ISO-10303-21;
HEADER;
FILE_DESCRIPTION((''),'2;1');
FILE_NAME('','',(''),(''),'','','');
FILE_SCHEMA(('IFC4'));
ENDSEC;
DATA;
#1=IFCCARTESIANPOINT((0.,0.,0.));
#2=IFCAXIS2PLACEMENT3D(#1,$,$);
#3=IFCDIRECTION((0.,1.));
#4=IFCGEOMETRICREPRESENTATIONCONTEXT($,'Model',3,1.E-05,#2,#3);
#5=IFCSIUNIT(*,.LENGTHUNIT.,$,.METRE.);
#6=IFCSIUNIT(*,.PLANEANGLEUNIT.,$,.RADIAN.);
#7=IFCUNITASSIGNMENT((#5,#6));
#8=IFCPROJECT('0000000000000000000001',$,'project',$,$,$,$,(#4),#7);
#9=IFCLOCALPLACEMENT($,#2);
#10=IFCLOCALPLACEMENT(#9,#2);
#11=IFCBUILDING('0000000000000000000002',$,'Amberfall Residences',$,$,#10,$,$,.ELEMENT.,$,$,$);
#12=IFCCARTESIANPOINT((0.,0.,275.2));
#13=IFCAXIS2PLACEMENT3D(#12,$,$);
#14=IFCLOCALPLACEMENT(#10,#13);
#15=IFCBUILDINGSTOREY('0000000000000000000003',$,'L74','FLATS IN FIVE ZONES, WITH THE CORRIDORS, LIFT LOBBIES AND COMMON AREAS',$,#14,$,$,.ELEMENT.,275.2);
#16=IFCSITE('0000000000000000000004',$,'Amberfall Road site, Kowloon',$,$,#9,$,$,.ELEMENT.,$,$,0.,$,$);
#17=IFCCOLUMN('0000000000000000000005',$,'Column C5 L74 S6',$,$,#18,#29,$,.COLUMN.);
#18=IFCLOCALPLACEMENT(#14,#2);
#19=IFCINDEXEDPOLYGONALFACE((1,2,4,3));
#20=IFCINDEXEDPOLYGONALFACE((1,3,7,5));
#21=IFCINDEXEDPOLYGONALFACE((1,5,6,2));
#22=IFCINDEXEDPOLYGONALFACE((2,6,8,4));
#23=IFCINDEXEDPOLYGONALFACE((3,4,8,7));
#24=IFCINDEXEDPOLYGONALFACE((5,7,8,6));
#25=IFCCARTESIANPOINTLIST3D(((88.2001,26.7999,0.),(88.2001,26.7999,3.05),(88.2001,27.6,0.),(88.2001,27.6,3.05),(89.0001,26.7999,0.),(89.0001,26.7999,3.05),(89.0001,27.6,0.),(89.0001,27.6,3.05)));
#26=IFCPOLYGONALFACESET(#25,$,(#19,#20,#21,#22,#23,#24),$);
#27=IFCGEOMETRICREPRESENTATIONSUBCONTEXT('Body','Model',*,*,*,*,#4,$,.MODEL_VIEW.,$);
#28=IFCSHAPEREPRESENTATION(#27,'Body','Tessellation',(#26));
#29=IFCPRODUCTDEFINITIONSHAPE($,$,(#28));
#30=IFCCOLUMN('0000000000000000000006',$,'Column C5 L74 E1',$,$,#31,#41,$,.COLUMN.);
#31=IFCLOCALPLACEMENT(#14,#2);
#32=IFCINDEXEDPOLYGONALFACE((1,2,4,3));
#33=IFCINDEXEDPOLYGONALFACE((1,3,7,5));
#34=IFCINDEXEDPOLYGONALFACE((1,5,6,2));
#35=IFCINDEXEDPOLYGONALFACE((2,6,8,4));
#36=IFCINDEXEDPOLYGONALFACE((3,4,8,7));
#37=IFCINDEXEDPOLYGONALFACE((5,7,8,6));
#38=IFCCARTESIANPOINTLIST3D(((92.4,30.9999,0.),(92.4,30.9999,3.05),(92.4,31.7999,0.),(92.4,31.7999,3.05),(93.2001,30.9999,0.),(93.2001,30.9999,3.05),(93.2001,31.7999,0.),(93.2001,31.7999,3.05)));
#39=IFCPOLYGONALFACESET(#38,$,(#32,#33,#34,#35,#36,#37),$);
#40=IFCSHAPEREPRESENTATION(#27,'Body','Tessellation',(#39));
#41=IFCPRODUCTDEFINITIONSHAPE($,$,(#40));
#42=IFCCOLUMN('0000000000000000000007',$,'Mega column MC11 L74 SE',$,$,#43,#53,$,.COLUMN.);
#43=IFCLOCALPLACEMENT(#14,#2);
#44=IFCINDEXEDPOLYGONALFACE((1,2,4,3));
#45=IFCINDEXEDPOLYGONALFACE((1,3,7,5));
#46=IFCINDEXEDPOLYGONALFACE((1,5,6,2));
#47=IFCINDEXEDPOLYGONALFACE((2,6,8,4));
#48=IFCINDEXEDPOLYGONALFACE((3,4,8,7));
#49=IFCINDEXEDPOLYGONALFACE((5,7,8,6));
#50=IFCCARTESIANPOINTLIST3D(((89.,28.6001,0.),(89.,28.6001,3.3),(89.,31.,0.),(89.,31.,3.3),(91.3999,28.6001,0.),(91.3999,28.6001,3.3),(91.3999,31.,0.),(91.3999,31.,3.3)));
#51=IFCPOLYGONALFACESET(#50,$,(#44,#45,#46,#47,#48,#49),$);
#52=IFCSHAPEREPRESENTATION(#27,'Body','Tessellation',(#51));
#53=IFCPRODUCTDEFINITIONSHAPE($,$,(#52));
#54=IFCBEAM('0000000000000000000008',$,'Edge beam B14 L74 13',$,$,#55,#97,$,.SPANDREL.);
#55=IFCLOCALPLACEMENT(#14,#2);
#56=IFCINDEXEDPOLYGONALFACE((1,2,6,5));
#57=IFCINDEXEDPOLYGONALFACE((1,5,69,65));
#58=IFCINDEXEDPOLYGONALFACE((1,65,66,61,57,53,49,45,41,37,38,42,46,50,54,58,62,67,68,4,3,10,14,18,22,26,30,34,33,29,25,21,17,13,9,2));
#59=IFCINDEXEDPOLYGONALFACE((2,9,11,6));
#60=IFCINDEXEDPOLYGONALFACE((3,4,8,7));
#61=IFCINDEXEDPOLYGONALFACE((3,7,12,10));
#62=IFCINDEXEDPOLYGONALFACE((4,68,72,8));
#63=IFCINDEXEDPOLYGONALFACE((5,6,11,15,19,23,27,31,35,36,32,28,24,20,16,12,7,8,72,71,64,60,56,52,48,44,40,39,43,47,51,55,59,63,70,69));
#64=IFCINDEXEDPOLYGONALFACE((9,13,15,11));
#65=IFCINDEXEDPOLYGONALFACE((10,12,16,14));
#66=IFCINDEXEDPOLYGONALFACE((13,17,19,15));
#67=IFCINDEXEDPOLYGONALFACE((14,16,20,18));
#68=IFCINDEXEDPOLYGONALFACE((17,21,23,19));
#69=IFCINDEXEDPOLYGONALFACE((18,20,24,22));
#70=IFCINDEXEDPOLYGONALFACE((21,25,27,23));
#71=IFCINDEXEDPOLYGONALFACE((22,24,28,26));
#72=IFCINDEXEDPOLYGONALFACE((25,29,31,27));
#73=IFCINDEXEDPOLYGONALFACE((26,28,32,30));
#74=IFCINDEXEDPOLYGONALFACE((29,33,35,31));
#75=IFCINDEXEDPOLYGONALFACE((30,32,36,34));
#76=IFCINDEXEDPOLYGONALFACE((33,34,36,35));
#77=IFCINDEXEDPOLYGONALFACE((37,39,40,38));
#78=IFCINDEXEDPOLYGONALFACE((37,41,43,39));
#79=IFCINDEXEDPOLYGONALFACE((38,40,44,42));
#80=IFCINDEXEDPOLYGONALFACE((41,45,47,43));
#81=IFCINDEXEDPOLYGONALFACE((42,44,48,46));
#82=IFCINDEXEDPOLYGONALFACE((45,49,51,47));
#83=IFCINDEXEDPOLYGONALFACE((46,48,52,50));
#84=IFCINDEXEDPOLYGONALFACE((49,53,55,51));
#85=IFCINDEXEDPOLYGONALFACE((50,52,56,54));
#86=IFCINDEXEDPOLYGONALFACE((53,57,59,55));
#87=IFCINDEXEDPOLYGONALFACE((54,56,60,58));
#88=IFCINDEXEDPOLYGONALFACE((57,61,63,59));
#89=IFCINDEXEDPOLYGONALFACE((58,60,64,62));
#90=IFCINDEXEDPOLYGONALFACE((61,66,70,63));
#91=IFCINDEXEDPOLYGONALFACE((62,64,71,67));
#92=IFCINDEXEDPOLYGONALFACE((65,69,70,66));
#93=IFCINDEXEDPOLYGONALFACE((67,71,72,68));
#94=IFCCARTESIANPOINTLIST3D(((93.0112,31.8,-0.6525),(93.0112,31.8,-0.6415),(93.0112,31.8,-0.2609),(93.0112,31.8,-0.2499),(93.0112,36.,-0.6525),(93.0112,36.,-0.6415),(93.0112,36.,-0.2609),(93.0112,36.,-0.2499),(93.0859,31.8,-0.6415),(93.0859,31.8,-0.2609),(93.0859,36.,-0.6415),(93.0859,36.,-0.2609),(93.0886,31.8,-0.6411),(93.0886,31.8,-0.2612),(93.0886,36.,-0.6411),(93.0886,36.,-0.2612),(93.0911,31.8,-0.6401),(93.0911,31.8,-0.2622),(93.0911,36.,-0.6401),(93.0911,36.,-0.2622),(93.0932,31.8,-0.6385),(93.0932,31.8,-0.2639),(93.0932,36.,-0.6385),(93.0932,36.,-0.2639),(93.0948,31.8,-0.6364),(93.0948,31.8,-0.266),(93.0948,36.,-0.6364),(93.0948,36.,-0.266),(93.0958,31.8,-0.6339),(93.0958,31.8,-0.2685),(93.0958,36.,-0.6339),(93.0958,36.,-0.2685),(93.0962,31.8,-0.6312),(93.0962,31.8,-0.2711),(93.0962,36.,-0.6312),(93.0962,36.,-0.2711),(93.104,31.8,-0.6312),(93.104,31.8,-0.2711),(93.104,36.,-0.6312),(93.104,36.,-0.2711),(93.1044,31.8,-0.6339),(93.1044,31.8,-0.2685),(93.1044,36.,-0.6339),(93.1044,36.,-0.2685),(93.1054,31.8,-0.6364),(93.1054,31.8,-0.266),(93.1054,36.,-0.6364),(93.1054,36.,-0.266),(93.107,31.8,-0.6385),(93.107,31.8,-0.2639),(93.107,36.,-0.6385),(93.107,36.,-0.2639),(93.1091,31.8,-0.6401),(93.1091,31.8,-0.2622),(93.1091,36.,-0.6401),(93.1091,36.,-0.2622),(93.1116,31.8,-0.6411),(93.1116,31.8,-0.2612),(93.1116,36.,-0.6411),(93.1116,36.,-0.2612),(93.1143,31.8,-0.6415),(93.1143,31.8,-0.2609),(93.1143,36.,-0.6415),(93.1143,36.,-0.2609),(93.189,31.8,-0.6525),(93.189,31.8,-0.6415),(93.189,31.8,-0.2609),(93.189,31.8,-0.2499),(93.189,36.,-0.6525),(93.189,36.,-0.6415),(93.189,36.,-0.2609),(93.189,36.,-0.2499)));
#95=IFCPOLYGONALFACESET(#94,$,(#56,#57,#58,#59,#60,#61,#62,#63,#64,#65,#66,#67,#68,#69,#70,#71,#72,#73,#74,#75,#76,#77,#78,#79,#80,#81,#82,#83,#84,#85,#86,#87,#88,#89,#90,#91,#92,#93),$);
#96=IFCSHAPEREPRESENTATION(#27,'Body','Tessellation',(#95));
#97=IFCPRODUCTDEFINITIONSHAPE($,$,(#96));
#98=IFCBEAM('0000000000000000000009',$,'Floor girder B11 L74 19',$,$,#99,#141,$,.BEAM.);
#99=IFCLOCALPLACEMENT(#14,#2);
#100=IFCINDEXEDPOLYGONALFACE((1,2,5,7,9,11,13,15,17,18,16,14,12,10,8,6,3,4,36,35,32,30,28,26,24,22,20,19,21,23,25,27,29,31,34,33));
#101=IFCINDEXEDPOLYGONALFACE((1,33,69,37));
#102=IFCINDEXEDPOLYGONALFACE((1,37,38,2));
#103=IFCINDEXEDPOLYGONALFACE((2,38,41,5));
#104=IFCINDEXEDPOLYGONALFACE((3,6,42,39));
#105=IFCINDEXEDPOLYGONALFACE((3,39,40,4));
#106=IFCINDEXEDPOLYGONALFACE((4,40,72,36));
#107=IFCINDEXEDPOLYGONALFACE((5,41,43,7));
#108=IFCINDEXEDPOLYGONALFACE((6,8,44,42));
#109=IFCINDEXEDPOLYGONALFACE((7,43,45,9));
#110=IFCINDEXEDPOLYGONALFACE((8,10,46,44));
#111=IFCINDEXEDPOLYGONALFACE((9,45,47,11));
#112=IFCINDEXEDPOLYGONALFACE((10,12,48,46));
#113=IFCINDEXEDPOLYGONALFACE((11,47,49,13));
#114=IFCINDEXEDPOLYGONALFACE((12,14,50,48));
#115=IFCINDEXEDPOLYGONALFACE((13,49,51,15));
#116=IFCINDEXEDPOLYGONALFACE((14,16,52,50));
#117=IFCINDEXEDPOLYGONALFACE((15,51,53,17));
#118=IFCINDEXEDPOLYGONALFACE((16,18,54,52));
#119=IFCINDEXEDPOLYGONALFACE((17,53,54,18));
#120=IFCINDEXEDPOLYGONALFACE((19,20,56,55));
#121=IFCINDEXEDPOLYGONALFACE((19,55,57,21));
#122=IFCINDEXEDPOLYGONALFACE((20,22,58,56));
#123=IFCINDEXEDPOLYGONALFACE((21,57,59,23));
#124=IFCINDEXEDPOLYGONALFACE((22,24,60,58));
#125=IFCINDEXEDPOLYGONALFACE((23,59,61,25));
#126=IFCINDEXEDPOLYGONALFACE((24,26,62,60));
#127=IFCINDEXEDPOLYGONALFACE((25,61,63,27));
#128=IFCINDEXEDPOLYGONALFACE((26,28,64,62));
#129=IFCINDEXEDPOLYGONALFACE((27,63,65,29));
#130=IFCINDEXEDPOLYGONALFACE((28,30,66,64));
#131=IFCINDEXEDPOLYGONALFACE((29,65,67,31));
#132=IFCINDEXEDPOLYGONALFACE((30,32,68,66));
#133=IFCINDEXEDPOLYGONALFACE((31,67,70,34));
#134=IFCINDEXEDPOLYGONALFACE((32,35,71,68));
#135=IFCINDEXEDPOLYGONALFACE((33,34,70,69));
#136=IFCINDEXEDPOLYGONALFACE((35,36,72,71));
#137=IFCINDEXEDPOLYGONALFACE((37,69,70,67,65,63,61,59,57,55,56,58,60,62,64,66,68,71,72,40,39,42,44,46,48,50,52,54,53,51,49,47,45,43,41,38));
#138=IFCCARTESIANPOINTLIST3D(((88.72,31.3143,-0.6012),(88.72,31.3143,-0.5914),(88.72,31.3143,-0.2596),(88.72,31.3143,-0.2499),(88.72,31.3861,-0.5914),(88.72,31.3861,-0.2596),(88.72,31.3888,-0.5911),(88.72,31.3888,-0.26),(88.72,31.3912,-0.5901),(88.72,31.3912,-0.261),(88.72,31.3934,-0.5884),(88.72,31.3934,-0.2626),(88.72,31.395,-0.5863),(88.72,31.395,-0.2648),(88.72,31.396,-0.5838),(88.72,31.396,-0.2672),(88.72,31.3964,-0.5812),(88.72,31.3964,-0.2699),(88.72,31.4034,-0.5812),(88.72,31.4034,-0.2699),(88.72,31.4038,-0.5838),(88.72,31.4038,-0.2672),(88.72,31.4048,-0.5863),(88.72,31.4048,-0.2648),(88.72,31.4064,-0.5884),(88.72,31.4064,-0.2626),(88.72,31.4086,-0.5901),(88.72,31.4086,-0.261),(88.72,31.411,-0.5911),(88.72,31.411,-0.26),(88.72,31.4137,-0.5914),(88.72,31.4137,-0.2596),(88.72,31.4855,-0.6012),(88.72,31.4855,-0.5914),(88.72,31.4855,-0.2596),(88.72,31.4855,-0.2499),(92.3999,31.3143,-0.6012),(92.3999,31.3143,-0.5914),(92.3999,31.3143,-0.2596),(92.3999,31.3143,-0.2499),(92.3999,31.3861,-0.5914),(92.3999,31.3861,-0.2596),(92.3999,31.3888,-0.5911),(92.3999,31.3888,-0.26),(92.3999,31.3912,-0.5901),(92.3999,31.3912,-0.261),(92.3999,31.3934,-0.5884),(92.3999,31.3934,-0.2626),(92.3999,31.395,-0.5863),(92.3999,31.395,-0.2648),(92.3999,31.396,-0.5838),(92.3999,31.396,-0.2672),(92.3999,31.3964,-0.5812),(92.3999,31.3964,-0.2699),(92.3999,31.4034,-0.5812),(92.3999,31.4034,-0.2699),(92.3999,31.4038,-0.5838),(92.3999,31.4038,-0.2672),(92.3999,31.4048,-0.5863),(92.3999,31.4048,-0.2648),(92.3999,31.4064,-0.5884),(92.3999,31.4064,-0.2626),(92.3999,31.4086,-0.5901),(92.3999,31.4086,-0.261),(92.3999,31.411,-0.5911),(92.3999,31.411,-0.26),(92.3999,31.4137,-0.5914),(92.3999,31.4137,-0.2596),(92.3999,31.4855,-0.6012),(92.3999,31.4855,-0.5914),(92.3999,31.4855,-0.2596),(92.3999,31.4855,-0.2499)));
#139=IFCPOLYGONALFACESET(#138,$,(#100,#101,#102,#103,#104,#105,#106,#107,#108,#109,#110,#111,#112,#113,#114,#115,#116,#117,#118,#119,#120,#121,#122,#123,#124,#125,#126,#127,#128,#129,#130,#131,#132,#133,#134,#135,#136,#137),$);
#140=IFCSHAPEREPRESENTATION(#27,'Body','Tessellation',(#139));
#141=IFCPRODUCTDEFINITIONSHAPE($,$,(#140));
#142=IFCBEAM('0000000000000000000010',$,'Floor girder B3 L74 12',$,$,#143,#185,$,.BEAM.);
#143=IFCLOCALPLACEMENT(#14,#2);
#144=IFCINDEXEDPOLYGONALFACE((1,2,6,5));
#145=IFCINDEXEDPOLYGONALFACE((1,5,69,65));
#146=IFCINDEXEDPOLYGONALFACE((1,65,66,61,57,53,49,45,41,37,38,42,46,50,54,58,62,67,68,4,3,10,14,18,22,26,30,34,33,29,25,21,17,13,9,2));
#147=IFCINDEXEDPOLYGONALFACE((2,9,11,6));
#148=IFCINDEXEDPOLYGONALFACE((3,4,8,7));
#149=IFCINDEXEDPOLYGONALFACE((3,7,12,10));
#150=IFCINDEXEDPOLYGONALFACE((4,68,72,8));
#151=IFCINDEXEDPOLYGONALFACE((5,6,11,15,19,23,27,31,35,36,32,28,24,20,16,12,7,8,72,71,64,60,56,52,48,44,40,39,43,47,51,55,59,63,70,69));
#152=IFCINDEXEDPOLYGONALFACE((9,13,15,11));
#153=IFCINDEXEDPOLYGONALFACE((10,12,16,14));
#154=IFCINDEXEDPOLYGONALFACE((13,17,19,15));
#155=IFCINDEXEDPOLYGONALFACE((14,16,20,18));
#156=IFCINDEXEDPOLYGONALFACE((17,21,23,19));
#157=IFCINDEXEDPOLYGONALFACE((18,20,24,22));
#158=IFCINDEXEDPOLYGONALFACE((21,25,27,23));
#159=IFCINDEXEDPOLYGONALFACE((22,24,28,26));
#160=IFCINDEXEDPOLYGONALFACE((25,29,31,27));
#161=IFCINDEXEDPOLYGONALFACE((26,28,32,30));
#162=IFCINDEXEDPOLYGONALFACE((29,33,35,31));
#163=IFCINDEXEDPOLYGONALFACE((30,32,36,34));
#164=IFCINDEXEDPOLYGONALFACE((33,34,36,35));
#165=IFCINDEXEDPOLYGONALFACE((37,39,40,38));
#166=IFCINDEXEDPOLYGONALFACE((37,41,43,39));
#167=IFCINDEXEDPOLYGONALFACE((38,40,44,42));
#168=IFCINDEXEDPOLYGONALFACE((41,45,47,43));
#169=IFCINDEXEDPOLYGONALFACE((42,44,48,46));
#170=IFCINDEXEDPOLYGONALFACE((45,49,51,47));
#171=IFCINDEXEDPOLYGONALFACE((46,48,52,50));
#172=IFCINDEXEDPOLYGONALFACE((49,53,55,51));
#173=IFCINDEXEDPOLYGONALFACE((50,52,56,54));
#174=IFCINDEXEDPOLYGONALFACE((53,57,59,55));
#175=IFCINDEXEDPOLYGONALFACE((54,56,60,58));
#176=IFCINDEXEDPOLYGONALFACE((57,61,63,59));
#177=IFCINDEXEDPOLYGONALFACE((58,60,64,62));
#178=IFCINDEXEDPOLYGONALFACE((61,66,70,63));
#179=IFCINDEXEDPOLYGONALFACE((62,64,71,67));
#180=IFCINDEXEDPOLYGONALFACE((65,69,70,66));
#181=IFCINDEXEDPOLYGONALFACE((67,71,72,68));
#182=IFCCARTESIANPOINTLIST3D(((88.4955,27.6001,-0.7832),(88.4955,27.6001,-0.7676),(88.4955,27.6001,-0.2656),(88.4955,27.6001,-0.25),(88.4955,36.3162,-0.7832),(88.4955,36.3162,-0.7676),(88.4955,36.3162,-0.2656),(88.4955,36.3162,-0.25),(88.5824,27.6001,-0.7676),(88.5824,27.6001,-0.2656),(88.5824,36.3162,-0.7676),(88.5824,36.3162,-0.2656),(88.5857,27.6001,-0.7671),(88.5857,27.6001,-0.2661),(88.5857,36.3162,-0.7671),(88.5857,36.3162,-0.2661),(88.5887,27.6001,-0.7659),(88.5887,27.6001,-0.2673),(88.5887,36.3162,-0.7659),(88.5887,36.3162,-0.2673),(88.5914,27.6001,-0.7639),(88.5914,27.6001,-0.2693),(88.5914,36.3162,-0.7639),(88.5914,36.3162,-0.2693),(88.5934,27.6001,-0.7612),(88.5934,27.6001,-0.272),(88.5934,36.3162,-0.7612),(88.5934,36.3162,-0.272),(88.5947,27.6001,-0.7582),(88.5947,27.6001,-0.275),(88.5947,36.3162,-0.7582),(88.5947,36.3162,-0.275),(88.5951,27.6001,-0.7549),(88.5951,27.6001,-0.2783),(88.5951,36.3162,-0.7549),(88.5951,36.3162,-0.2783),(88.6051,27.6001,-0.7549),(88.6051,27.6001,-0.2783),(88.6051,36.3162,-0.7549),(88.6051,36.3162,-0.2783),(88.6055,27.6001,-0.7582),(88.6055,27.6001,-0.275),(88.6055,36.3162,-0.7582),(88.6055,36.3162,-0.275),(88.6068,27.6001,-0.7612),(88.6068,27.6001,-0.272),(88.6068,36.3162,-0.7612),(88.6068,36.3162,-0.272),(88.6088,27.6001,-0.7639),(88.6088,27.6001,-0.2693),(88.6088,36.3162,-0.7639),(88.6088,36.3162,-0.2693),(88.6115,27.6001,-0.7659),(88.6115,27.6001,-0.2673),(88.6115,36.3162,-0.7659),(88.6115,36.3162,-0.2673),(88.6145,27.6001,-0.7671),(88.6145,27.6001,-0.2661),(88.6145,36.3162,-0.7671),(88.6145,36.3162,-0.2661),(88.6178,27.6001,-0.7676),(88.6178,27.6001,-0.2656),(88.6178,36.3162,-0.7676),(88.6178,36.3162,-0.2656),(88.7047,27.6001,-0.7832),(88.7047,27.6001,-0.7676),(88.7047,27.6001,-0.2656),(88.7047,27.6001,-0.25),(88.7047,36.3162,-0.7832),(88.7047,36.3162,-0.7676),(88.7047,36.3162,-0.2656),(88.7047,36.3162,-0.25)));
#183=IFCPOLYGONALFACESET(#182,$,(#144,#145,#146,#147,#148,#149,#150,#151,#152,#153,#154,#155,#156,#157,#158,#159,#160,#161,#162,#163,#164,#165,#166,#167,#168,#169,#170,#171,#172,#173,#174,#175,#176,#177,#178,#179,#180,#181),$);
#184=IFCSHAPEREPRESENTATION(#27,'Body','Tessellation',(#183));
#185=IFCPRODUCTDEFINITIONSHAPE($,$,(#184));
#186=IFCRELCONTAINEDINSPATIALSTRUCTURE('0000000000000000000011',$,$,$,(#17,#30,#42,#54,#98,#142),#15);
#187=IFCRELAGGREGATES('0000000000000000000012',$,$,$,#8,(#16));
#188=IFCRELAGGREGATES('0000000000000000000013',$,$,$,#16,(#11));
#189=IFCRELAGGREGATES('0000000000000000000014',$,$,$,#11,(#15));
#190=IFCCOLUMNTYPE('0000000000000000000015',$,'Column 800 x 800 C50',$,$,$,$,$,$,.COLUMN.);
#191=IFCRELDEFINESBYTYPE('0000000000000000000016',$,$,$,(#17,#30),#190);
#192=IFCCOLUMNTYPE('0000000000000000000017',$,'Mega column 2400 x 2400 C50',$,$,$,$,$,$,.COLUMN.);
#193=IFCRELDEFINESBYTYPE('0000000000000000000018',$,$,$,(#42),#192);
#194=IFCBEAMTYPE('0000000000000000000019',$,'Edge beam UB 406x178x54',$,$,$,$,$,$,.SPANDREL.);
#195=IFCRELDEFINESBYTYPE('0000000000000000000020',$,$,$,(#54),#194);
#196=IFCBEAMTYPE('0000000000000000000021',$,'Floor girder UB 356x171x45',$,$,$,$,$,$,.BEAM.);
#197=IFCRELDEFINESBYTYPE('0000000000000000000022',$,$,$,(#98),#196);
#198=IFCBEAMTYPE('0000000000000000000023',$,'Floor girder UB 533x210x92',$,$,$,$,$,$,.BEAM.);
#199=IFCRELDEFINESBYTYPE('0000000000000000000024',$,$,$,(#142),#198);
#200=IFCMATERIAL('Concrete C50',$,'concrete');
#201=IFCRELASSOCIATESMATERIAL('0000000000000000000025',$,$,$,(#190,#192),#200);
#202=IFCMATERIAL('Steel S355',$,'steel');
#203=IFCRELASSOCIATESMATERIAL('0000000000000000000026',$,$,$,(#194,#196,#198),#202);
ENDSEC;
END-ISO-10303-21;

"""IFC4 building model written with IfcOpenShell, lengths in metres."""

from ifc_helpers import new_model, si_unit, direction, frame, origin, origin_2d, place, context, subcontext, project, spatial, rectangle, i_section, extrude, material, material_profile, profile_set, type_object, element, save


model = new_model("IFC4")

# Units and contexts
model_context = context("Model", 3, precision=1e-05, world=origin(), true_north=direction((0.0, 1.0)))
body_context = subcontext(model_context, "Body", "Model", "MODEL_VIEW")
ifc_project = project(units=[si_unit("LENGTHUNIT", "METRE"), si_unit("PLANEANGLEUNIT", "RADIAN")], contexts=[model_context])

# Site, building, storey
site_placement = place(None, origin())
site = spatial("IfcSite", under=ifc_project, at=site_placement, Name="Amberfall Road site, Kowloon", CompositionType="ELEMENT", RefElevation=0.0)
building_placement = place(site_placement, origin())
building = spatial("IfcBuilding", under=site, at=building_placement, Name="Amberfall Residences", CompositionType="ELEMENT")
storey_placement = place(building_placement, frame((0.0, 0.0, 275.2)))
storey = spatial("IfcBuildingStorey", under=building, at=storey_placement, Name="L74", Description="FLATS IN FIVE ZONES, WITH THE CORRIDORS, LIFT LOBBIES AND COMMON AREAS", CompositionType="ELEMENT", Elevation=275.2)

# Columns
ifc_material_1 = material(Name="Concrete C50", Category="concrete")
ifc_material_profile_1 = material_profile(ifc_material_1, rectangle(XDim=0.8, YDim=0.8, at=origin_2d()), Name="Column 800 x 800 C50")
ifc_profile_set_1 = profile_set([ifc_material_profile_1], Name="Concrete C50")
column_type_1 = type_object("IfcColumnType", Name="Column 800 x 800 C50", PredefinedType="COLUMN", material=ifc_profile_set_1)
for number, where, z_axis, x_axis, name in (
    (1, (88.6001, 27.2, 0.0), (0.0, 0.0, 1.0), (1.0, 0.0, 0.0), "Column C5 L74 S6"),
    (2, (92.8, 31.3999, 0.0), (0.0, 0.0, 1.0), (1.0, 0.0, 0.0), "Column C5 L74 E1"),
):
    element("IfcColumn", number, at=place(storey_placement, frame(where, z_axis=z_axis, x_axis=x_axis)), inside=storey, type_object=column_type_1, Name=name, PredefinedType="COLUMN", context=body_context, shape_type="SweptSolid", body=[
        extrude(rectangle(XDim=0.8, YDim=0.8, at=origin_2d()), origin(), (0.0, 0.0, 1.0), 3.05),
    ])
ifc_material_profile_2 = material_profile(ifc_material_1, rectangle(XDim=2.3999, YDim=2.3999, at=origin_2d()), Name="Mega column 2400 x 2400 C50")
ifc_profile_set_2 = profile_set([ifc_material_profile_2], Name="Concrete C50")
column_type_2 = type_object("IfcColumnType", Name="Mega column 2400 x 2400 C50", PredefinedType="COLUMN", material=ifc_profile_set_2)
column_placement = place(storey_placement, frame((90.2, 29.8, 0.0), z_axis=(0.0, 0.0, 1.0), x_axis=(1.0, 0.0, 0.0)))
element("IfcColumn", 3, at=column_placement, inside=storey, type_object=column_type_2, Name="Mega column MC11 L74 SE", PredefinedType="COLUMN", context=body_context, shape_type="SweptSolid", body=[
    extrude(rectangle(XDim=2.3999, YDim=2.3999, at=origin_2d()), origin(), (0.0, 0.0, 1.0), 3.3),
])

# Beams
ifc_material_2 = material(Name="Steel S355", Category="steel")
ifc_material_profile_3 = material_profile(ifc_material_2, i_section(OverallWidth=0.1777, OverallDepth=0.4026, WebThickness=0.0078, FlangeThickness=0.011, FilletRadius=0.0103, at=origin_2d()), Name="UB 406x178x54")
ifc_profile_set_3 = profile_set([ifc_material_profile_3], Name="Steel S355")
beam_type_1 = type_object("IfcBeamType", Name="Edge beam UB 406x178x54", PredefinedType="SPANDREL", material=ifc_profile_set_3)
beam_1_placement = place(storey_placement, frame((93.1001, 31.8, -0.4512), z_axis=(0.0, 1.0, 0.0), x_axis=(-1.0, 0.0, 0.0)))
element("IfcBeam", 4, at=beam_1_placement, inside=storey, type_object=beam_type_1, Name="Edge beam B14 L74 13", PredefinedType="SPANDREL", context=body_context, shape_type="SweptSolid", body=[
    extrude(i_section(OverallWidth=0.1777, OverallDepth=0.4026, WebThickness=0.0078, FlangeThickness=0.011, FilletRadius=0.0103, at=origin_2d()), origin(), (0.0, 0.0, 1.0), 4.2),
])
ifc_material_profile_4 = material_profile(ifc_material_2, i_section(OverallWidth=0.1711, OverallDepth=0.3513, WebThickness=0.0071, FlangeThickness=0.0098, FilletRadius=0.0103, at=origin_2d()), Name="UB 356x171x45")
ifc_profile_set_4 = profile_set([ifc_material_profile_4], Name="Steel S355")
beam_type_2 = type_object("IfcBeamType", Name="Floor girder UB 356x171x45", PredefinedType="BEAM", material=ifc_profile_set_4)
beam_2_placement = place(storey_placement, frame((92.3999, 31.3999, -0.4255), z_axis=(-1.0, 0.0, 0.0), x_axis=(0.0, -1.0, 0.0)))
element("IfcBeam", 5, at=beam_2_placement, inside=storey, type_object=beam_type_2, Name="Floor girder B11 L74 19", PredefinedType="BEAM", context=body_context, shape_type="SweptSolid", body=[
    extrude(i_section(OverallWidth=0.1711, OverallDepth=0.3513, WebThickness=0.0071, FlangeThickness=0.0098, FilletRadius=0.0103, at=origin_2d()), origin(), (0.0, 0.0, 1.0), 3.6799),
])
ifc_material_profile_5 = material_profile(ifc_material_2, i_section(OverallWidth=0.2092, OverallDepth=0.5332, WebThickness=0.01, FlangeThickness=0.0156, FilletRadius=0.0127, at=origin_2d()), Name="UB 533x210x92")
ifc_profile_set_5 = profile_set([ifc_material_profile_5], Name="Steel S355")
beam_type_3 = type_object("IfcBeamType", Name="Floor girder UB 533x210x92", PredefinedType="BEAM", material=ifc_profile_set_5)
beam_3_placement = place(storey_placement, frame((88.6001, 27.6001, -0.5166), z_axis=(0.0, 1.0, 0.0), x_axis=(-1.0, 0.0, 0.0)))
element("IfcBeam", 6, at=beam_3_placement, inside=storey, type_object=beam_type_3, Name="Floor girder B3 L74 12", PredefinedType="BEAM", context=body_context, shape_type="SweptSolid", body=[
    extrude(i_section(OverallWidth=0.2092, OverallDepth=0.5332, WebThickness=0.01, FlangeThickness=0.0156, FilletRadius=0.0127, at=origin_2d()), origin(), (0.0, 0.0, 1.0), 8.7161),
])

save(model, "model.ifc")
